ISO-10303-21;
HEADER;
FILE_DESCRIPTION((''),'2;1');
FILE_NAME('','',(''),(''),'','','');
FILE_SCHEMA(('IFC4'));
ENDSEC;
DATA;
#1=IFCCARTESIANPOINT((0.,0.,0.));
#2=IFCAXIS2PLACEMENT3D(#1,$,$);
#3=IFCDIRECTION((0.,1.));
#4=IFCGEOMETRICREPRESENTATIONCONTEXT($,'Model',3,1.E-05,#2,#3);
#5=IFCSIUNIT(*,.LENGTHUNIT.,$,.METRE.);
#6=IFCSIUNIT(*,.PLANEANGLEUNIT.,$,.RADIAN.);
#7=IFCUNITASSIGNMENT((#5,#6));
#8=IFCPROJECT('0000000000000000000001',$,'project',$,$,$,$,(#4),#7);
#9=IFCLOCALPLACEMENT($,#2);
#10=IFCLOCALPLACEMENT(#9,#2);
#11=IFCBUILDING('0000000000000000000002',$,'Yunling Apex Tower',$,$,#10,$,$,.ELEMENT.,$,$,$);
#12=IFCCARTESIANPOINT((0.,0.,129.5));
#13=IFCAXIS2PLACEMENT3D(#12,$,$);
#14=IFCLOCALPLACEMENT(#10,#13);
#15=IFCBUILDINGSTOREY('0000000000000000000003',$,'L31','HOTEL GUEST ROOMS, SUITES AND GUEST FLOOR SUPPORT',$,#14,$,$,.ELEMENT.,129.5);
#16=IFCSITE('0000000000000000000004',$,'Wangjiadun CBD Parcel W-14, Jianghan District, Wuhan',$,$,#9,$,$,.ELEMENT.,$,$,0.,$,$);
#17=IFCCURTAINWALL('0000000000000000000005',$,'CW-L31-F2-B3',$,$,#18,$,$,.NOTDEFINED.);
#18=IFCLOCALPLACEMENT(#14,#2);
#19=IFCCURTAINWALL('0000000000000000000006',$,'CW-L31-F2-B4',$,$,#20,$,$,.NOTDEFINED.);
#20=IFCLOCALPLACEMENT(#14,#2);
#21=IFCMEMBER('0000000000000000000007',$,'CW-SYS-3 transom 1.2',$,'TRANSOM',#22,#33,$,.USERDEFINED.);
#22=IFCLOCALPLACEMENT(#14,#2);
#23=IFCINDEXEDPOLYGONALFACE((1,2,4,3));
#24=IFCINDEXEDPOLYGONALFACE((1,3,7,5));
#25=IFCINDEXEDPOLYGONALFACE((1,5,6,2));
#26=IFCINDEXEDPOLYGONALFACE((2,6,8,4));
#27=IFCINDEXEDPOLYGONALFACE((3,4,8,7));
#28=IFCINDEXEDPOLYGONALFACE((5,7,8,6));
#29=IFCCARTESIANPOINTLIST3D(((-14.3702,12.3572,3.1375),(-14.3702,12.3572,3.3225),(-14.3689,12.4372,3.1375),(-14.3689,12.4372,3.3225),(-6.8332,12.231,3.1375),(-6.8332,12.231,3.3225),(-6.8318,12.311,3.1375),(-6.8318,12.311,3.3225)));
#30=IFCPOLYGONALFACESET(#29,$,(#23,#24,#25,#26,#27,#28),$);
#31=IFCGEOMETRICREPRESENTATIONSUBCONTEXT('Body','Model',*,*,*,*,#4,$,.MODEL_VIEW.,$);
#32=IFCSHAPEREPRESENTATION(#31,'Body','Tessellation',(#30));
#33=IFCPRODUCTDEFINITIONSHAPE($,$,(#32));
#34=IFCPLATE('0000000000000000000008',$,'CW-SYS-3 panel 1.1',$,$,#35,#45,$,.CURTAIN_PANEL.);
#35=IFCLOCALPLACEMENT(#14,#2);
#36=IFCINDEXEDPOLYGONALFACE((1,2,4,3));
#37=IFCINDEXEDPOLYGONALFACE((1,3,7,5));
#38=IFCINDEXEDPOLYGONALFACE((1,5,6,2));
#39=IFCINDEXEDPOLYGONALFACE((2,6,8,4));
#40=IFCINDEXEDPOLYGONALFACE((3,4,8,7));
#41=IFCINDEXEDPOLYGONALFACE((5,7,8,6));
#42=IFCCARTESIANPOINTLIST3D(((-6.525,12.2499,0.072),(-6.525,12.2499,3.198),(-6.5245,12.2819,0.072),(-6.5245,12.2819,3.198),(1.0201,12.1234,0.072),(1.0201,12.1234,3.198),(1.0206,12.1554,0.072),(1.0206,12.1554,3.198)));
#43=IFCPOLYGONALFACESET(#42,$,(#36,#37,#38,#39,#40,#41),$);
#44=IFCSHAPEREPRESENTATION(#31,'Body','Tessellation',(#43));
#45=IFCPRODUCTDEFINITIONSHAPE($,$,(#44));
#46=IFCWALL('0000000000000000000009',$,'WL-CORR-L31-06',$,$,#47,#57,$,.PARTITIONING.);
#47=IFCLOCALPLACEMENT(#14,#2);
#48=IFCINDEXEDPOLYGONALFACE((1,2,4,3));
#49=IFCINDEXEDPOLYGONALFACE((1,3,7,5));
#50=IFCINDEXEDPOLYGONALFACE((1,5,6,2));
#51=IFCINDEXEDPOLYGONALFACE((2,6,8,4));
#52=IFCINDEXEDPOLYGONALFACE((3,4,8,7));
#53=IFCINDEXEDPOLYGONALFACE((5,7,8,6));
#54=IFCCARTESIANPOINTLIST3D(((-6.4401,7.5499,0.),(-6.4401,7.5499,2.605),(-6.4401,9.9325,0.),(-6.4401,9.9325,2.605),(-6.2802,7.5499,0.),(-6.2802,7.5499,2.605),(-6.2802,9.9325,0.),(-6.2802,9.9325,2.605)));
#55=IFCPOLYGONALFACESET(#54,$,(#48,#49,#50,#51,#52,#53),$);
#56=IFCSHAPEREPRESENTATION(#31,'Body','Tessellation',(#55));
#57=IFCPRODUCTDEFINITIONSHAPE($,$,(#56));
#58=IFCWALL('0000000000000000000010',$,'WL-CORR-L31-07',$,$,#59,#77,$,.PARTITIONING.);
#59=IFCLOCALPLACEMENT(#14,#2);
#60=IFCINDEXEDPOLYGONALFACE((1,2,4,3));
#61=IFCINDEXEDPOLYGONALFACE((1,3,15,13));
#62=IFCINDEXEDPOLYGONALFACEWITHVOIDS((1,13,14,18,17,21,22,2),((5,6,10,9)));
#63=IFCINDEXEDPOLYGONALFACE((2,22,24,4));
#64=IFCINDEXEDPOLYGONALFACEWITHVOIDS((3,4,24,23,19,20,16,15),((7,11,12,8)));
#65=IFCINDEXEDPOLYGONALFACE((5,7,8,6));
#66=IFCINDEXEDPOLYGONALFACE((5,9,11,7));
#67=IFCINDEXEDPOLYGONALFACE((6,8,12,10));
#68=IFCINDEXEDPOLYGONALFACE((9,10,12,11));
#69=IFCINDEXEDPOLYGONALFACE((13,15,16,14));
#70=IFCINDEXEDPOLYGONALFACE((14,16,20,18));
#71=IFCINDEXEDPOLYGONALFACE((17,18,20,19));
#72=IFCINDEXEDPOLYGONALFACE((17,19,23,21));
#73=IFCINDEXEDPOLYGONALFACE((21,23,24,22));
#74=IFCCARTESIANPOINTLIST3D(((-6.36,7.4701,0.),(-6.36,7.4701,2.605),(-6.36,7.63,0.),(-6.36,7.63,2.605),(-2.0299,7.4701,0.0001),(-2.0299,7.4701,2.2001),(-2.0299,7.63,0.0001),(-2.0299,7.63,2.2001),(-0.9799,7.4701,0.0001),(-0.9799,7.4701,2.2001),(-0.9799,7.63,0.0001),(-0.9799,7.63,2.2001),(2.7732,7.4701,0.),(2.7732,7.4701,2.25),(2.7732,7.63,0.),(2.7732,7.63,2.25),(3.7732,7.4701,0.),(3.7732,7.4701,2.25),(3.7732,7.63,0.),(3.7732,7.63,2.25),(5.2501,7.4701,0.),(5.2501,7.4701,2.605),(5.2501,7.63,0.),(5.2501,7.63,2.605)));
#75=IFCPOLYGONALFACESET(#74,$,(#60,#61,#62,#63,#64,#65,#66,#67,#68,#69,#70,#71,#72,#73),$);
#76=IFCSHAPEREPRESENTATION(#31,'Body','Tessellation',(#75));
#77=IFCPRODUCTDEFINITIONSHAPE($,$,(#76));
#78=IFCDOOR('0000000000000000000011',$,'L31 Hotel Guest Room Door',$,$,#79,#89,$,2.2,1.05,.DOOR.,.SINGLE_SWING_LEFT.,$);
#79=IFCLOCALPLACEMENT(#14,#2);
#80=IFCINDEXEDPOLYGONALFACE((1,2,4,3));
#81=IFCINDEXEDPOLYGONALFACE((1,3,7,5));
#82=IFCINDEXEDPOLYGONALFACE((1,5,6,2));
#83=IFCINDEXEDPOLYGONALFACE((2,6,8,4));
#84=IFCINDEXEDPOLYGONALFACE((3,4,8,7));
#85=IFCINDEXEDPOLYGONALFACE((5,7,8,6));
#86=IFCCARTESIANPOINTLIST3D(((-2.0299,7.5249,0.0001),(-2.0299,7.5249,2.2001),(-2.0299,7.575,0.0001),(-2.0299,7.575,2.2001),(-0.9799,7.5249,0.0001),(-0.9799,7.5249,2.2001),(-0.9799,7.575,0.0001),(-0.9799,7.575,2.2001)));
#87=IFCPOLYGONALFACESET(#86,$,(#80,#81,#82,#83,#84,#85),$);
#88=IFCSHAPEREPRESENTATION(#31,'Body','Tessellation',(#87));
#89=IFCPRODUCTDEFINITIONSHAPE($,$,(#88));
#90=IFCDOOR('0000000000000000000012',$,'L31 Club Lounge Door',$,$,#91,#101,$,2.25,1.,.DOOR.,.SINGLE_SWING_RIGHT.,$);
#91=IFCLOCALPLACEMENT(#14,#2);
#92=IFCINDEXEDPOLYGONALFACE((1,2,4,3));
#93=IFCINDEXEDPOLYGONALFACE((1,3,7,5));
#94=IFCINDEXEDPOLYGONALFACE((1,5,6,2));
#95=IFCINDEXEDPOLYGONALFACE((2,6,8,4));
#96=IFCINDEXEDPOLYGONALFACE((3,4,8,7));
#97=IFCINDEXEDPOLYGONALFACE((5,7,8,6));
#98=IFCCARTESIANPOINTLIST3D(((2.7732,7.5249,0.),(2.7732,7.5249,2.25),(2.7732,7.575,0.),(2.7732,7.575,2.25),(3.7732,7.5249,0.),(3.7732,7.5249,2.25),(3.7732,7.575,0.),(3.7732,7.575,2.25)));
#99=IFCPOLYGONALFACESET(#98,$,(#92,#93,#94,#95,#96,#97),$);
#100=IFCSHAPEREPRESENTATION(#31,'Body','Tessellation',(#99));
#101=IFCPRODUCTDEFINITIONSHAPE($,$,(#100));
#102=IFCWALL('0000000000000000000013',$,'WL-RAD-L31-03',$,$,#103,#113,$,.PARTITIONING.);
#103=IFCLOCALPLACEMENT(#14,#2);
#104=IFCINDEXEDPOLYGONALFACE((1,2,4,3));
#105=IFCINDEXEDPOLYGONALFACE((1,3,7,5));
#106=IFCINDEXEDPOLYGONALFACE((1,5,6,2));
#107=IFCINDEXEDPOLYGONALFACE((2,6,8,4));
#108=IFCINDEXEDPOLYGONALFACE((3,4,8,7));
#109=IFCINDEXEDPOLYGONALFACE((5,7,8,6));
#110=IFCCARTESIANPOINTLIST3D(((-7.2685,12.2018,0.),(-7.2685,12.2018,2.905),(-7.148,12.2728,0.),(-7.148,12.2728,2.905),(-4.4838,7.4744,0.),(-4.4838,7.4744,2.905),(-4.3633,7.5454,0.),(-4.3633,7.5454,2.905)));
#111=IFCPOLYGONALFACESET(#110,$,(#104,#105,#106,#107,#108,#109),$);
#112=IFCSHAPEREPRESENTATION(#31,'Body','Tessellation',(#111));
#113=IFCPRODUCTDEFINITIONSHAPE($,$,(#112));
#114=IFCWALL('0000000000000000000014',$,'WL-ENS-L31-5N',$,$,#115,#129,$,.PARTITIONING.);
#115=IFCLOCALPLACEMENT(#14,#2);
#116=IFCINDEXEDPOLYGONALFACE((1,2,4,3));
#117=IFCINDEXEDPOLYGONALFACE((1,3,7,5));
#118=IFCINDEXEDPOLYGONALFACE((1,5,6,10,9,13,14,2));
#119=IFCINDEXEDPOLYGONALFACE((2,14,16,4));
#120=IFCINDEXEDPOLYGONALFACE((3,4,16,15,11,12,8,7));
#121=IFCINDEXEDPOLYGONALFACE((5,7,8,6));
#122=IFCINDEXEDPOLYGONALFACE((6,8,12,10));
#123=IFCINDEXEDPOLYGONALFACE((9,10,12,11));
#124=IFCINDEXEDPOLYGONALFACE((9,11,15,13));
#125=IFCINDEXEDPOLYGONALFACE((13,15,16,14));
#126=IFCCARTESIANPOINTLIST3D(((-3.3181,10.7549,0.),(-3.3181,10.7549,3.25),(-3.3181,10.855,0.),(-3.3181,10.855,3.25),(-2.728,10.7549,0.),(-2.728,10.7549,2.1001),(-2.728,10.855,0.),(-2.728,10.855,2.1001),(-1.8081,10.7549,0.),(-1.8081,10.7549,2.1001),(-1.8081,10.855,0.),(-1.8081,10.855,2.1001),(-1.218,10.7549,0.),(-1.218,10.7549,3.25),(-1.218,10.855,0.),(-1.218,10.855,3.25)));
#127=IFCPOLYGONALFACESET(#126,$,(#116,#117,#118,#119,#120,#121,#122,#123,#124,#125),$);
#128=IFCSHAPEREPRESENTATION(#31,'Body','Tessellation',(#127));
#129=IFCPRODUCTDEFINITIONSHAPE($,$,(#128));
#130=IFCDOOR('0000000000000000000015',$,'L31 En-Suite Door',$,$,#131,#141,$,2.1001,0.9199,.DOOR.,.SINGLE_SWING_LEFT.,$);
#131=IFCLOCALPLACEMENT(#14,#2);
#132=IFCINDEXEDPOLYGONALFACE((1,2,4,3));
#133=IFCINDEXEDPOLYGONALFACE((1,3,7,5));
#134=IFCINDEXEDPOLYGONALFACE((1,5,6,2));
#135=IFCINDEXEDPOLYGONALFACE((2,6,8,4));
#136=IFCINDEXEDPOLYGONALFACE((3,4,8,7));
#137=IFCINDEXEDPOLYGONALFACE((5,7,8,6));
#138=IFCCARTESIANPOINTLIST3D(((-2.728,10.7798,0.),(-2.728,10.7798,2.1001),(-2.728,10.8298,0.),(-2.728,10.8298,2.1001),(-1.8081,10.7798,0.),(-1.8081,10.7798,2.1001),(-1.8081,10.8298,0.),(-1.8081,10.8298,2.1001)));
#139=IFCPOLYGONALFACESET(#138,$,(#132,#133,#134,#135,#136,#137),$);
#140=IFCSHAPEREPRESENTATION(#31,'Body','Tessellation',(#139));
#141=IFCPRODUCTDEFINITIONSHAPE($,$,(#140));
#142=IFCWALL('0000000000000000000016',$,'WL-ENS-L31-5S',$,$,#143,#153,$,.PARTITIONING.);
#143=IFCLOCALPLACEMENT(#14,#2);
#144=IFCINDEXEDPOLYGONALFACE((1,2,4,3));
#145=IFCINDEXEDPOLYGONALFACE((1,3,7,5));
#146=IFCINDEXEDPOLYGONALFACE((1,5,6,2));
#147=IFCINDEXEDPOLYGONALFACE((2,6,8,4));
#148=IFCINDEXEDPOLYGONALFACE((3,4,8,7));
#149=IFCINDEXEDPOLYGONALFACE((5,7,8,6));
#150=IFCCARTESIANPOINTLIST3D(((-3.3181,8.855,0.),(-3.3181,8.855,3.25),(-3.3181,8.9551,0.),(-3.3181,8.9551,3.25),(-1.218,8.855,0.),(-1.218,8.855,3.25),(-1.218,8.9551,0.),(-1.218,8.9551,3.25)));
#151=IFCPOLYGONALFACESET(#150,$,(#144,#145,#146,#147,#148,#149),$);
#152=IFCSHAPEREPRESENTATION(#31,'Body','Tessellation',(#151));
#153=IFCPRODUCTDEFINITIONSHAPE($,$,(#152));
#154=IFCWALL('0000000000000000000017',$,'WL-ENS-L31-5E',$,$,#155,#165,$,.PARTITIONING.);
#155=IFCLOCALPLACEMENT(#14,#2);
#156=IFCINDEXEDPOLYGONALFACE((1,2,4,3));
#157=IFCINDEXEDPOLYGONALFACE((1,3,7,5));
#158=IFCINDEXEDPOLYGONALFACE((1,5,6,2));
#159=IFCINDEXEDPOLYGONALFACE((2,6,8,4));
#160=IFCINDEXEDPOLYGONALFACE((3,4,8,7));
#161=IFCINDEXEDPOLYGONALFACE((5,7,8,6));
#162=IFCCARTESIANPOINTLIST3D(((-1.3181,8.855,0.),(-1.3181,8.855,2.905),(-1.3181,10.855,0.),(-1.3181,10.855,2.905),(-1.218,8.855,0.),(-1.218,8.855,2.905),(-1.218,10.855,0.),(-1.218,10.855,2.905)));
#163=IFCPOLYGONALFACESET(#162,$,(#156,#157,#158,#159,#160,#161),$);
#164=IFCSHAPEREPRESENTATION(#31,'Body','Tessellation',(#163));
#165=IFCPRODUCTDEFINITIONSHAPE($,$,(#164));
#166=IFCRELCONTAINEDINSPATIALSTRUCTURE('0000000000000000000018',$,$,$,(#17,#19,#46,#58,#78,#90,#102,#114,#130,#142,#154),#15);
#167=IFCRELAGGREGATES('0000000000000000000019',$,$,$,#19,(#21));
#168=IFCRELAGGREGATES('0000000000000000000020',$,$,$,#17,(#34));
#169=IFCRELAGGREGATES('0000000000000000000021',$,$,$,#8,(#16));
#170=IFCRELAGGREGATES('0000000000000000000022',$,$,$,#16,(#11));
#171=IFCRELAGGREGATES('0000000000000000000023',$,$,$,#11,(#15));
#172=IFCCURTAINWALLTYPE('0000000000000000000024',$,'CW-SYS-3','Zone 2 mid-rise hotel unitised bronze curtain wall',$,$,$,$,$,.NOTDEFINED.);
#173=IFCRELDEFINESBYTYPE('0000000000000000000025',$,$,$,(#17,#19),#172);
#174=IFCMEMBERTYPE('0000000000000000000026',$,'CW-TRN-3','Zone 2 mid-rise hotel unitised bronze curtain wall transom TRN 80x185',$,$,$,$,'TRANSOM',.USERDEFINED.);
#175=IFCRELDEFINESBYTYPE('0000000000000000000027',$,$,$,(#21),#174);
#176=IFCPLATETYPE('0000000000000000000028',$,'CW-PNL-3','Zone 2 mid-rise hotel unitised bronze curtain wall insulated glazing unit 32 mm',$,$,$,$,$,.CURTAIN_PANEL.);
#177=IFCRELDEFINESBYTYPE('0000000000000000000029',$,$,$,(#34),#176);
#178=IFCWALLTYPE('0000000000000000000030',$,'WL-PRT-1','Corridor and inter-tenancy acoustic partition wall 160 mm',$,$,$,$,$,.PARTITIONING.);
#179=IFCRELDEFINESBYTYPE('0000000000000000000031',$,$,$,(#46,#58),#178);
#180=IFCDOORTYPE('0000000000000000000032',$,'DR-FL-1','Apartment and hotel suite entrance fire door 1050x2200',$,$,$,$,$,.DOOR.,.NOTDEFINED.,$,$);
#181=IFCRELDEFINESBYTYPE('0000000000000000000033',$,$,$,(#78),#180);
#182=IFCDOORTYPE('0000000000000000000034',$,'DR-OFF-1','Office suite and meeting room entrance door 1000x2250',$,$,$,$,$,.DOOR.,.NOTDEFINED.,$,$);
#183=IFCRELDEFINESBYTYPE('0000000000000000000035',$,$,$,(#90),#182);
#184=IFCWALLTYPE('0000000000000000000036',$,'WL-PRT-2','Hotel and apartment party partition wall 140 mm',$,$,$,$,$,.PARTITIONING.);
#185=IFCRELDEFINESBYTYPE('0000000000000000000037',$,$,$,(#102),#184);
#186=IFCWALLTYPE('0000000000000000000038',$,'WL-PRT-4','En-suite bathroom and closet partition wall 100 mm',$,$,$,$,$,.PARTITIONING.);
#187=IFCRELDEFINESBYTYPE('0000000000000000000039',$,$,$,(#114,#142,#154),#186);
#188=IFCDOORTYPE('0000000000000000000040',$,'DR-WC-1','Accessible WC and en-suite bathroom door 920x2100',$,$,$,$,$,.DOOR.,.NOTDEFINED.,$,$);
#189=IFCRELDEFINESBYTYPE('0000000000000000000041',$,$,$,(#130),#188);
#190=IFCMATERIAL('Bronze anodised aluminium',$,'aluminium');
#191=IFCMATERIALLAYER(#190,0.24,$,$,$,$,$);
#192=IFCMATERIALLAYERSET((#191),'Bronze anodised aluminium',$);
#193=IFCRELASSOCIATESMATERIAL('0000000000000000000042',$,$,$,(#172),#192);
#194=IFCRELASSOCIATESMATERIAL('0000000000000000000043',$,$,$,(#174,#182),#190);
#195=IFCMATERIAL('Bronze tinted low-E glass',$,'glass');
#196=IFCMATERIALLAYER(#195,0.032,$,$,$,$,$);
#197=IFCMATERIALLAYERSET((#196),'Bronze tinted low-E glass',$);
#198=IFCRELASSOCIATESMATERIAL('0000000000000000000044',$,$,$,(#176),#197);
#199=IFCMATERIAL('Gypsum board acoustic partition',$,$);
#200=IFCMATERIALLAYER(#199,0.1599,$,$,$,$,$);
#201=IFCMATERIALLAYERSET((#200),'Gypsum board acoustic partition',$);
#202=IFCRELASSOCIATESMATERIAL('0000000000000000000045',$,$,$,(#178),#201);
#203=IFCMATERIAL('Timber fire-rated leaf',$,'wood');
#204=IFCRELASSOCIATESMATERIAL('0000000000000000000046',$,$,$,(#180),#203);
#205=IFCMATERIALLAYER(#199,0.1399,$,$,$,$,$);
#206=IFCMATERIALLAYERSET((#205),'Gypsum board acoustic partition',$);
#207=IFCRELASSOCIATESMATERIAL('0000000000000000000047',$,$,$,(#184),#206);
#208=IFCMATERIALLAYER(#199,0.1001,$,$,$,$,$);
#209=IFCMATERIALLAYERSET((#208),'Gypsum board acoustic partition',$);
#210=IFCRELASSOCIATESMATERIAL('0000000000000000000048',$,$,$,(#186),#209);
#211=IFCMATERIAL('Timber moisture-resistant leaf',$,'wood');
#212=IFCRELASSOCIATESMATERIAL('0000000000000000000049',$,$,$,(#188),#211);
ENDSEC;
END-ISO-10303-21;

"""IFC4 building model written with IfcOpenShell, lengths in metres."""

from ifc_helpers import new_model, si_unit, direction, frame, frame_2d, origin, origin_2d, place, context, subcontext, project, spatial, rectangle, extrude, source, transform, mapped, material, layer, layer_set, material_profile, profile_set, type_object, element, fill, aggregate, save


model = new_model("IFC4")

# Units and contexts
model_context = context("Model", 3, precision=1e-05, world=origin(), true_north=direction((0.0, 1.0)))
body_context = subcontext(model_context, "Body", "Model", "MODEL_VIEW")
ifc_project = project(units=[si_unit("LENGTHUNIT", "METRE"), si_unit("PLANEANGLEUNIT", "RADIAN")], contexts=[model_context])

# Site, building, storey
site_placement = place(None, origin())
site = spatial("IfcSite", under=ifc_project, at=site_placement, Name="Wangjiadun CBD Parcel W-14, Jianghan District, Wuhan", CompositionType="ELEMENT", RefElevation=0.0)
building_placement = place(site_placement, origin())
building = spatial("IfcBuilding", under=site, at=building_placement, Name="Yunling Apex Tower", CompositionType="ELEMENT")
storey_placement = place(building_placement, frame((0.0, 0.0, 129.5)))
storey = spatial("IfcBuildingStorey", under=building, at=storey_placement, Name="L31", Description="HOTEL GUEST ROOMS, SUITES AND GUEST FLOOR SUPPORT", CompositionType="ELEMENT", Elevation=129.5)

# Curtain wall
ifc_material_1 = material(Name="Bronze anodised aluminium", Category="aluminium")
ifc_layer_1 = layer(ifc_material_1, 0.24)
ifc_layer_set_1 = layer_set([ifc_layer_1], Name="Bronze anodised aluminium")
curtain_wall_type = type_object("IfcCurtainWallType", Name="CW-SYS-3", Description="Zone 2 mid-rise hotel unitised bronze curtain wall", PredefinedType="NOTDEFINED", material=ifc_layer_set_1)
curtain_wall_1_placement = place(storey_placement, origin())
curtain_wall_1 = element("IfcCurtainWall", 1, at=curtain_wall_1_placement, inside=storey, type_object=curtain_wall_type, Name="CW-L31-F2-B3", PredefinedType="NOTDEFINED")

# Curtain wall, member
curtain_wall_2_placement = place(storey_placement, origin())
curtain_wall_2 = element("IfcCurtainWall", 2, at=curtain_wall_2_placement, inside=storey, type_object=curtain_wall_type, Name="CW-L31-F2-B4", PredefinedType="NOTDEFINED")
ifc_material_profile_1 = material_profile(ifc_material_1, rectangle(XDim=0.0801, YDim=0.1851, at=origin_2d()))
ifc_profile_set_1 = profile_set([ifc_material_profile_1], Name="Bronze anodised aluminium")
member_type_1 = type_object("IfcMemberType", Name="CW-TRN-3", Description="Zone 2 mid-rise hotel unitised bronze curtain wall transom TRN 80x185", ElementType="TRANSOM", PredefinedType="USERDEFINED", material=ifc_profile_set_1)
shared_shape_1 = source(origin(), body_context, "Body", "SweptSolid", [
    extrude(rectangle(XDim=0.0801, YDim=0.1851, at=origin_2d()), origin(), (0.0, 0.0, 1.0), 7.5381),
])
member_1_placement = place(storey_placement, frame((-6.8325, 12.271, 3.23), z_axis=(-0.99986, 0.016744, 0.0), x_axis=(-0.016744, -0.99986, 0.0)))
member_1 = element("IfcMember", 3, at=member_1_placement, type_object=member_type_1, Name="CW-SYS-3 transom 1.2", ObjectType="TRANSOM", PredefinedType="USERDEFINED", context=body_context, shape_type="MappedRepresentation", body=[
    mapped(shared_shape_1, transform((0.0, 0.0, 0.0), scale=1.0)),
])
aggregate(curtain_wall_2, [member_1])

# Plate
ifc_material_2 = material(Name="Bronze tinted low-E glass", Category="glass")
ifc_layer_2 = layer(ifc_material_2, 0.032)
ifc_layer_set_2 = layer_set([ifc_layer_2], Name="Bronze tinted low-E glass")
plate_type = type_object("IfcPlateType", Name="CW-PNL-3", Description="Zone 2 mid-rise hotel unitised bronze curtain wall insulated glazing unit 32 mm", PredefinedType="CURTAIN_PANEL", material=ifc_layer_set_2)
shared_shape_2 = source(origin(), body_context, "Body", "SweptSolid", [
    extrude(rectangle(XDim=7.5461, YDim=0.032, at=origin_2d()), origin(), (0.0, 0.0, 1.0), 3.126),
])
plate_placement = place(storey_placement, frame((-2.7522, 12.2026, 0.072), z_axis=(0.0, 0.0, 1.0), x_axis=(-0.99986, 0.016762, 0.0)))
plate = element("IfcPlate", 4, at=plate_placement, type_object=plate_type, Name="CW-SYS-3 panel 1.1", PredefinedType="CURTAIN_PANEL", context=body_context, shape_type="MappedRepresentation", body=[
    mapped(shared_shape_2, transform((0.0, 0.0, 0.0), scale=1.0)),
])
aggregate(curtain_wall_1, [plate])

# Wall
ifc_material_3 = material(Name="Gypsum board acoustic partition")
ifc_layer_3 = layer(ifc_material_3, 0.1599)
ifc_layer_set_3 = layer_set([ifc_layer_3], Name="Gypsum board acoustic partition")
wall_type_1 = type_object("IfcWallType", Name="WL-PRT-1", Description="Corridor and inter-tenancy acoustic partition wall 160 mm", PredefinedType="PARTITIONING", material=ifc_layer_set_3)
wall_1_placement = place(storey_placement, frame((-6.3601, 9.9326, 0.0), z_axis=(0.0, 0.0, 1.0), x_axis=(0.0, -1.0, 0.0)))
element("IfcWall", 5, at=wall_1_placement, inside=storey, type_object=wall_type_1, Name="WL-CORR-L31-06", PredefinedType="PARTITIONING", context=body_context, shape_type="SweptSolid", body=[
    extrude(rectangle(XDim=2.3826, YDim=0.1599, at=frame_2d((1.1914, 0.0))), origin(), (0.0, 0.0, 1.0), 2.605),
])

# Wall, openings, doors
wall_2_placement = place(storey_placement, frame((-6.3601, 7.55, 0.0), z_axis=(0.0, 0.0, 1.0), x_axis=(1.0, 0.0, 0.0)))
wall_2 = element("IfcWall", 6, at=wall_2_placement, inside=storey, type_object=wall_type_1, Name="WL-CORR-L31-07", PredefinedType="PARTITIONING", context=body_context, shape_type="SweptSolid", body=[
    extrude(rectangle(XDim=11.6101, YDim=0.1599, at=frame_2d((5.8052, 0.0))), origin(), (0.0, 0.0, 1.0), 2.605),
])
opening_1_placement = place(wall_2_placement, frame((4.3303, 0.0, 0.0)))
opening_1 = element("IfcOpeningElement", 7, at=opening_1_placement, cuts=wall_2, PredefinedType="OPENING", context=body_context, shape_type="SweptSolid", body=[
    extrude(rectangle(XDim=1.05, YDim=2.2, at=frame_2d((0.5249, 1.1001))), frame((0.0, 0.0898, 0.0), z_axis=(0.0, -1.0, 0.0), x_axis=(1.0, 0.0, 0.0)), (0.0, 0.0, 1.0), 0.1799),
])
opening_2_placement = place(wall_2_placement, frame((9.1333, 0.0, 0.0)))
opening_2 = element("IfcOpeningElement", 8, at=opening_2_placement, cuts=wall_2, PredefinedType="OPENING", context=body_context, shape_type="SweptSolid", body=[
    extrude(rectangle(XDim=1.0, YDim=2.25, at=frame_2d((0.5, 1.125))), frame((0.0, 0.0898, 0.0), z_axis=(0.0, -1.0, 0.0), x_axis=(1.0, 0.0, 0.0)), (0.0, 0.0, 1.0), 0.1799),
])
ifc_material_4 = material(Name="Timber fire-rated leaf", Category="wood")
door_type_1 = type_object("IfcDoorType", Name="DR-FL-1", Description="Apartment and hotel suite entrance fire door 1050x2200", OperationType="NOTDEFINED", PredefinedType="DOOR", material=ifc_material_4)
door_1_placement = place(opening_1_placement, origin())
door_1 = element("IfcDoor", 9, at=door_1_placement, inside=storey, type_object=door_type_1, Name="L31 Hotel Guest Room Door", OperationType="SINGLE_SWING_LEFT", OverallHeight=2.2, OverallWidth=1.05, PredefinedType="DOOR", context=body_context, shape_type="SweptSolid", body=[
    extrude(rectangle(XDim=1.05, YDim=2.2, at=frame_2d((0.5249, 1.1001))), frame((0.0, 0.0249, 0.0), z_axis=(0.0, -1.0, 0.0), x_axis=(1.0, 0.0, 0.0)), (0.0, 0.0, 1.0), 0.05),
])
fill(opening_1, door_1)
door_type_2 = type_object("IfcDoorType", Name="DR-OFF-1", Description="Office suite and meeting room entrance door 1000x2250", OperationType="NOTDEFINED", PredefinedType="DOOR", material=ifc_material_1)
door_2_placement = place(opening_2_placement, origin())
door_2 = element("IfcDoor", 10, at=door_2_placement, inside=storey, type_object=door_type_2, Name="L31 Club Lounge Door", OperationType="SINGLE_SWING_RIGHT", OverallHeight=2.25, OverallWidth=1.0, PredefinedType="DOOR", context=body_context, shape_type="SweptSolid", body=[
    extrude(rectangle(XDim=1.0, YDim=2.25, at=frame_2d((0.5, 1.125))), frame((0.0, 0.0249, 0.0), z_axis=(0.0, -1.0, 0.0), x_axis=(1.0, 0.0, 0.0)), (0.0, 0.0, 1.0), 0.05),
])
fill(opening_2, door_2)

# Wall
ifc_layer_4 = layer(ifc_material_3, 0.1399)
ifc_layer_set_4 = layer_set([ifc_layer_4], Name="Gypsum board acoustic partition")
wall_type_2 = type_object("IfcWallType", Name="WL-PRT-2", Description="Hotel and apartment party partition wall 140 mm", PredefinedType="PARTITIONING", material=ifc_layer_set_4)
wall_3_placement = place(storey_placement, frame((-4.4236, 7.51, 0.0), z_axis=(0.0, 0.0, 1.0), x_axis=(-0.507549, 0.861623, 0.0)))
element("IfcWall", 11, at=wall_3_placement, inside=storey, type_object=wall_type_2, Name="WL-RAD-L31-03", PredefinedType="PARTITIONING", context=body_context, shape_type="SweptSolid", body=[
    extrude(rectangle(XDim=5.4866, YDim=0.1399, at=frame_2d((2.7432, 0.0))), origin(), (0.0, 0.0, 1.0), 2.905),
])

# Wall, opening, door
ifc_layer_5 = layer(ifc_material_3, 0.1001)
ifc_layer_set_5 = layer_set([ifc_layer_5], Name="Gypsum board acoustic partition")
wall_type_3 = type_object("IfcWallType", Name="WL-PRT-4", Description="En-suite bathroom and closet partition wall 100 mm", PredefinedType="PARTITIONING", material=ifc_layer_set_5)
wall_4_placement = place(storey_placement, frame((-3.3181, 10.8049, 0.0), z_axis=(0.0, 0.0, 1.0), x_axis=(1.0, 0.0, 0.0)))
wall_4 = element("IfcWall", 12, at=wall_4_placement, inside=storey, type_object=wall_type_3, Name="WL-ENS-L31-5N", PredefinedType="PARTITIONING", context=body_context, shape_type="SweptSolid", body=[
    extrude(rectangle(XDim=2.1001, YDim=0.1001, at=frame_2d((1.05, 0.0))), origin(), (0.0, 0.0, 1.0), 3.25),
])
opening_3_placement = place(wall_4_placement, frame((0.5901, 0.0, 0.0)))
opening_3 = element("IfcOpeningElement", 13, at=opening_3_placement, cuts=wall_4, PredefinedType="OPENING", context=body_context, shape_type="SweptSolid", body=[
    extrude(rectangle(XDim=0.9199, YDim=2.1001, at=frame_2d((0.46, 1.05))), frame((0.0, 0.0601, 0.0), z_axis=(0.0, -1.0, 0.0), x_axis=(1.0, 0.0, 0.0)), (0.0, 0.0, 1.0), 0.1201),
])
ifc_material_5 = material(Name="Timber moisture-resistant leaf", Category="wood")
door_type_3 = type_object("IfcDoorType", Name="DR-WC-1", Description="Accessible WC and en-suite bathroom door 920x2100", OperationType="NOTDEFINED", PredefinedType="DOOR", material=ifc_material_5)
door_3_placement = place(opening_3_placement, origin())
door_3 = element("IfcDoor", 14, at=door_3_placement, inside=storey, type_object=door_type_3, Name="L31 En-Suite Door", OperationType="SINGLE_SWING_LEFT", OverallHeight=2.1001, OverallWidth=0.9199, PredefinedType="DOOR", context=body_context, shape_type="SweptSolid", body=[
    extrude(rectangle(XDim=0.9199, YDim=2.1001, at=frame_2d((0.46, 1.05))), frame((0.0, 0.0249, 0.0), z_axis=(0.0, -1.0, 0.0), x_axis=(1.0, 0.0, 0.0)), (0.0, 0.0, 1.0), 0.05),
])
fill(opening_3, door_3)

# Walls
wall_5_placement = place(storey_placement, frame((-1.218, 8.905, 0.0), z_axis=(0.0, 0.0, 1.0), x_axis=(-1.0, 0.0, 0.0)))
element("IfcWall", 15, at=wall_5_placement, inside=storey, type_object=wall_type_3, Name="WL-ENS-L31-5S", PredefinedType="PARTITIONING", context=body_context, shape_type="SweptSolid", body=[
    extrude(rectangle(XDim=2.1001, YDim=0.1001, at=frame_2d((1.05, 0.0))), origin(), (0.0, 0.0, 1.0), 3.25),
])
for number, where, z_axis, x_axis, name in (
    (16, (-1.2681, 10.855, 0.0), (0.0, 0.0, 1.0), (0.0, -1.0, 0.0), "WL-ENS-L31-5E"),
):
    element("IfcWall", number, at=place(storey_placement, frame(where, z_axis=z_axis, x_axis=x_axis)), inside=storey, type_object=wall_type_3, Name=name, PredefinedType="PARTITIONING", context=body_context, shape_type="SweptSolid", body=[
        extrude(rectangle(XDim=2.0, YDim=0.1001, at=frame_2d((1.0, 0.0))), origin(), (0.0, 0.0, 1.0), 2.905),
    ])

save(model, "model.ifc")
